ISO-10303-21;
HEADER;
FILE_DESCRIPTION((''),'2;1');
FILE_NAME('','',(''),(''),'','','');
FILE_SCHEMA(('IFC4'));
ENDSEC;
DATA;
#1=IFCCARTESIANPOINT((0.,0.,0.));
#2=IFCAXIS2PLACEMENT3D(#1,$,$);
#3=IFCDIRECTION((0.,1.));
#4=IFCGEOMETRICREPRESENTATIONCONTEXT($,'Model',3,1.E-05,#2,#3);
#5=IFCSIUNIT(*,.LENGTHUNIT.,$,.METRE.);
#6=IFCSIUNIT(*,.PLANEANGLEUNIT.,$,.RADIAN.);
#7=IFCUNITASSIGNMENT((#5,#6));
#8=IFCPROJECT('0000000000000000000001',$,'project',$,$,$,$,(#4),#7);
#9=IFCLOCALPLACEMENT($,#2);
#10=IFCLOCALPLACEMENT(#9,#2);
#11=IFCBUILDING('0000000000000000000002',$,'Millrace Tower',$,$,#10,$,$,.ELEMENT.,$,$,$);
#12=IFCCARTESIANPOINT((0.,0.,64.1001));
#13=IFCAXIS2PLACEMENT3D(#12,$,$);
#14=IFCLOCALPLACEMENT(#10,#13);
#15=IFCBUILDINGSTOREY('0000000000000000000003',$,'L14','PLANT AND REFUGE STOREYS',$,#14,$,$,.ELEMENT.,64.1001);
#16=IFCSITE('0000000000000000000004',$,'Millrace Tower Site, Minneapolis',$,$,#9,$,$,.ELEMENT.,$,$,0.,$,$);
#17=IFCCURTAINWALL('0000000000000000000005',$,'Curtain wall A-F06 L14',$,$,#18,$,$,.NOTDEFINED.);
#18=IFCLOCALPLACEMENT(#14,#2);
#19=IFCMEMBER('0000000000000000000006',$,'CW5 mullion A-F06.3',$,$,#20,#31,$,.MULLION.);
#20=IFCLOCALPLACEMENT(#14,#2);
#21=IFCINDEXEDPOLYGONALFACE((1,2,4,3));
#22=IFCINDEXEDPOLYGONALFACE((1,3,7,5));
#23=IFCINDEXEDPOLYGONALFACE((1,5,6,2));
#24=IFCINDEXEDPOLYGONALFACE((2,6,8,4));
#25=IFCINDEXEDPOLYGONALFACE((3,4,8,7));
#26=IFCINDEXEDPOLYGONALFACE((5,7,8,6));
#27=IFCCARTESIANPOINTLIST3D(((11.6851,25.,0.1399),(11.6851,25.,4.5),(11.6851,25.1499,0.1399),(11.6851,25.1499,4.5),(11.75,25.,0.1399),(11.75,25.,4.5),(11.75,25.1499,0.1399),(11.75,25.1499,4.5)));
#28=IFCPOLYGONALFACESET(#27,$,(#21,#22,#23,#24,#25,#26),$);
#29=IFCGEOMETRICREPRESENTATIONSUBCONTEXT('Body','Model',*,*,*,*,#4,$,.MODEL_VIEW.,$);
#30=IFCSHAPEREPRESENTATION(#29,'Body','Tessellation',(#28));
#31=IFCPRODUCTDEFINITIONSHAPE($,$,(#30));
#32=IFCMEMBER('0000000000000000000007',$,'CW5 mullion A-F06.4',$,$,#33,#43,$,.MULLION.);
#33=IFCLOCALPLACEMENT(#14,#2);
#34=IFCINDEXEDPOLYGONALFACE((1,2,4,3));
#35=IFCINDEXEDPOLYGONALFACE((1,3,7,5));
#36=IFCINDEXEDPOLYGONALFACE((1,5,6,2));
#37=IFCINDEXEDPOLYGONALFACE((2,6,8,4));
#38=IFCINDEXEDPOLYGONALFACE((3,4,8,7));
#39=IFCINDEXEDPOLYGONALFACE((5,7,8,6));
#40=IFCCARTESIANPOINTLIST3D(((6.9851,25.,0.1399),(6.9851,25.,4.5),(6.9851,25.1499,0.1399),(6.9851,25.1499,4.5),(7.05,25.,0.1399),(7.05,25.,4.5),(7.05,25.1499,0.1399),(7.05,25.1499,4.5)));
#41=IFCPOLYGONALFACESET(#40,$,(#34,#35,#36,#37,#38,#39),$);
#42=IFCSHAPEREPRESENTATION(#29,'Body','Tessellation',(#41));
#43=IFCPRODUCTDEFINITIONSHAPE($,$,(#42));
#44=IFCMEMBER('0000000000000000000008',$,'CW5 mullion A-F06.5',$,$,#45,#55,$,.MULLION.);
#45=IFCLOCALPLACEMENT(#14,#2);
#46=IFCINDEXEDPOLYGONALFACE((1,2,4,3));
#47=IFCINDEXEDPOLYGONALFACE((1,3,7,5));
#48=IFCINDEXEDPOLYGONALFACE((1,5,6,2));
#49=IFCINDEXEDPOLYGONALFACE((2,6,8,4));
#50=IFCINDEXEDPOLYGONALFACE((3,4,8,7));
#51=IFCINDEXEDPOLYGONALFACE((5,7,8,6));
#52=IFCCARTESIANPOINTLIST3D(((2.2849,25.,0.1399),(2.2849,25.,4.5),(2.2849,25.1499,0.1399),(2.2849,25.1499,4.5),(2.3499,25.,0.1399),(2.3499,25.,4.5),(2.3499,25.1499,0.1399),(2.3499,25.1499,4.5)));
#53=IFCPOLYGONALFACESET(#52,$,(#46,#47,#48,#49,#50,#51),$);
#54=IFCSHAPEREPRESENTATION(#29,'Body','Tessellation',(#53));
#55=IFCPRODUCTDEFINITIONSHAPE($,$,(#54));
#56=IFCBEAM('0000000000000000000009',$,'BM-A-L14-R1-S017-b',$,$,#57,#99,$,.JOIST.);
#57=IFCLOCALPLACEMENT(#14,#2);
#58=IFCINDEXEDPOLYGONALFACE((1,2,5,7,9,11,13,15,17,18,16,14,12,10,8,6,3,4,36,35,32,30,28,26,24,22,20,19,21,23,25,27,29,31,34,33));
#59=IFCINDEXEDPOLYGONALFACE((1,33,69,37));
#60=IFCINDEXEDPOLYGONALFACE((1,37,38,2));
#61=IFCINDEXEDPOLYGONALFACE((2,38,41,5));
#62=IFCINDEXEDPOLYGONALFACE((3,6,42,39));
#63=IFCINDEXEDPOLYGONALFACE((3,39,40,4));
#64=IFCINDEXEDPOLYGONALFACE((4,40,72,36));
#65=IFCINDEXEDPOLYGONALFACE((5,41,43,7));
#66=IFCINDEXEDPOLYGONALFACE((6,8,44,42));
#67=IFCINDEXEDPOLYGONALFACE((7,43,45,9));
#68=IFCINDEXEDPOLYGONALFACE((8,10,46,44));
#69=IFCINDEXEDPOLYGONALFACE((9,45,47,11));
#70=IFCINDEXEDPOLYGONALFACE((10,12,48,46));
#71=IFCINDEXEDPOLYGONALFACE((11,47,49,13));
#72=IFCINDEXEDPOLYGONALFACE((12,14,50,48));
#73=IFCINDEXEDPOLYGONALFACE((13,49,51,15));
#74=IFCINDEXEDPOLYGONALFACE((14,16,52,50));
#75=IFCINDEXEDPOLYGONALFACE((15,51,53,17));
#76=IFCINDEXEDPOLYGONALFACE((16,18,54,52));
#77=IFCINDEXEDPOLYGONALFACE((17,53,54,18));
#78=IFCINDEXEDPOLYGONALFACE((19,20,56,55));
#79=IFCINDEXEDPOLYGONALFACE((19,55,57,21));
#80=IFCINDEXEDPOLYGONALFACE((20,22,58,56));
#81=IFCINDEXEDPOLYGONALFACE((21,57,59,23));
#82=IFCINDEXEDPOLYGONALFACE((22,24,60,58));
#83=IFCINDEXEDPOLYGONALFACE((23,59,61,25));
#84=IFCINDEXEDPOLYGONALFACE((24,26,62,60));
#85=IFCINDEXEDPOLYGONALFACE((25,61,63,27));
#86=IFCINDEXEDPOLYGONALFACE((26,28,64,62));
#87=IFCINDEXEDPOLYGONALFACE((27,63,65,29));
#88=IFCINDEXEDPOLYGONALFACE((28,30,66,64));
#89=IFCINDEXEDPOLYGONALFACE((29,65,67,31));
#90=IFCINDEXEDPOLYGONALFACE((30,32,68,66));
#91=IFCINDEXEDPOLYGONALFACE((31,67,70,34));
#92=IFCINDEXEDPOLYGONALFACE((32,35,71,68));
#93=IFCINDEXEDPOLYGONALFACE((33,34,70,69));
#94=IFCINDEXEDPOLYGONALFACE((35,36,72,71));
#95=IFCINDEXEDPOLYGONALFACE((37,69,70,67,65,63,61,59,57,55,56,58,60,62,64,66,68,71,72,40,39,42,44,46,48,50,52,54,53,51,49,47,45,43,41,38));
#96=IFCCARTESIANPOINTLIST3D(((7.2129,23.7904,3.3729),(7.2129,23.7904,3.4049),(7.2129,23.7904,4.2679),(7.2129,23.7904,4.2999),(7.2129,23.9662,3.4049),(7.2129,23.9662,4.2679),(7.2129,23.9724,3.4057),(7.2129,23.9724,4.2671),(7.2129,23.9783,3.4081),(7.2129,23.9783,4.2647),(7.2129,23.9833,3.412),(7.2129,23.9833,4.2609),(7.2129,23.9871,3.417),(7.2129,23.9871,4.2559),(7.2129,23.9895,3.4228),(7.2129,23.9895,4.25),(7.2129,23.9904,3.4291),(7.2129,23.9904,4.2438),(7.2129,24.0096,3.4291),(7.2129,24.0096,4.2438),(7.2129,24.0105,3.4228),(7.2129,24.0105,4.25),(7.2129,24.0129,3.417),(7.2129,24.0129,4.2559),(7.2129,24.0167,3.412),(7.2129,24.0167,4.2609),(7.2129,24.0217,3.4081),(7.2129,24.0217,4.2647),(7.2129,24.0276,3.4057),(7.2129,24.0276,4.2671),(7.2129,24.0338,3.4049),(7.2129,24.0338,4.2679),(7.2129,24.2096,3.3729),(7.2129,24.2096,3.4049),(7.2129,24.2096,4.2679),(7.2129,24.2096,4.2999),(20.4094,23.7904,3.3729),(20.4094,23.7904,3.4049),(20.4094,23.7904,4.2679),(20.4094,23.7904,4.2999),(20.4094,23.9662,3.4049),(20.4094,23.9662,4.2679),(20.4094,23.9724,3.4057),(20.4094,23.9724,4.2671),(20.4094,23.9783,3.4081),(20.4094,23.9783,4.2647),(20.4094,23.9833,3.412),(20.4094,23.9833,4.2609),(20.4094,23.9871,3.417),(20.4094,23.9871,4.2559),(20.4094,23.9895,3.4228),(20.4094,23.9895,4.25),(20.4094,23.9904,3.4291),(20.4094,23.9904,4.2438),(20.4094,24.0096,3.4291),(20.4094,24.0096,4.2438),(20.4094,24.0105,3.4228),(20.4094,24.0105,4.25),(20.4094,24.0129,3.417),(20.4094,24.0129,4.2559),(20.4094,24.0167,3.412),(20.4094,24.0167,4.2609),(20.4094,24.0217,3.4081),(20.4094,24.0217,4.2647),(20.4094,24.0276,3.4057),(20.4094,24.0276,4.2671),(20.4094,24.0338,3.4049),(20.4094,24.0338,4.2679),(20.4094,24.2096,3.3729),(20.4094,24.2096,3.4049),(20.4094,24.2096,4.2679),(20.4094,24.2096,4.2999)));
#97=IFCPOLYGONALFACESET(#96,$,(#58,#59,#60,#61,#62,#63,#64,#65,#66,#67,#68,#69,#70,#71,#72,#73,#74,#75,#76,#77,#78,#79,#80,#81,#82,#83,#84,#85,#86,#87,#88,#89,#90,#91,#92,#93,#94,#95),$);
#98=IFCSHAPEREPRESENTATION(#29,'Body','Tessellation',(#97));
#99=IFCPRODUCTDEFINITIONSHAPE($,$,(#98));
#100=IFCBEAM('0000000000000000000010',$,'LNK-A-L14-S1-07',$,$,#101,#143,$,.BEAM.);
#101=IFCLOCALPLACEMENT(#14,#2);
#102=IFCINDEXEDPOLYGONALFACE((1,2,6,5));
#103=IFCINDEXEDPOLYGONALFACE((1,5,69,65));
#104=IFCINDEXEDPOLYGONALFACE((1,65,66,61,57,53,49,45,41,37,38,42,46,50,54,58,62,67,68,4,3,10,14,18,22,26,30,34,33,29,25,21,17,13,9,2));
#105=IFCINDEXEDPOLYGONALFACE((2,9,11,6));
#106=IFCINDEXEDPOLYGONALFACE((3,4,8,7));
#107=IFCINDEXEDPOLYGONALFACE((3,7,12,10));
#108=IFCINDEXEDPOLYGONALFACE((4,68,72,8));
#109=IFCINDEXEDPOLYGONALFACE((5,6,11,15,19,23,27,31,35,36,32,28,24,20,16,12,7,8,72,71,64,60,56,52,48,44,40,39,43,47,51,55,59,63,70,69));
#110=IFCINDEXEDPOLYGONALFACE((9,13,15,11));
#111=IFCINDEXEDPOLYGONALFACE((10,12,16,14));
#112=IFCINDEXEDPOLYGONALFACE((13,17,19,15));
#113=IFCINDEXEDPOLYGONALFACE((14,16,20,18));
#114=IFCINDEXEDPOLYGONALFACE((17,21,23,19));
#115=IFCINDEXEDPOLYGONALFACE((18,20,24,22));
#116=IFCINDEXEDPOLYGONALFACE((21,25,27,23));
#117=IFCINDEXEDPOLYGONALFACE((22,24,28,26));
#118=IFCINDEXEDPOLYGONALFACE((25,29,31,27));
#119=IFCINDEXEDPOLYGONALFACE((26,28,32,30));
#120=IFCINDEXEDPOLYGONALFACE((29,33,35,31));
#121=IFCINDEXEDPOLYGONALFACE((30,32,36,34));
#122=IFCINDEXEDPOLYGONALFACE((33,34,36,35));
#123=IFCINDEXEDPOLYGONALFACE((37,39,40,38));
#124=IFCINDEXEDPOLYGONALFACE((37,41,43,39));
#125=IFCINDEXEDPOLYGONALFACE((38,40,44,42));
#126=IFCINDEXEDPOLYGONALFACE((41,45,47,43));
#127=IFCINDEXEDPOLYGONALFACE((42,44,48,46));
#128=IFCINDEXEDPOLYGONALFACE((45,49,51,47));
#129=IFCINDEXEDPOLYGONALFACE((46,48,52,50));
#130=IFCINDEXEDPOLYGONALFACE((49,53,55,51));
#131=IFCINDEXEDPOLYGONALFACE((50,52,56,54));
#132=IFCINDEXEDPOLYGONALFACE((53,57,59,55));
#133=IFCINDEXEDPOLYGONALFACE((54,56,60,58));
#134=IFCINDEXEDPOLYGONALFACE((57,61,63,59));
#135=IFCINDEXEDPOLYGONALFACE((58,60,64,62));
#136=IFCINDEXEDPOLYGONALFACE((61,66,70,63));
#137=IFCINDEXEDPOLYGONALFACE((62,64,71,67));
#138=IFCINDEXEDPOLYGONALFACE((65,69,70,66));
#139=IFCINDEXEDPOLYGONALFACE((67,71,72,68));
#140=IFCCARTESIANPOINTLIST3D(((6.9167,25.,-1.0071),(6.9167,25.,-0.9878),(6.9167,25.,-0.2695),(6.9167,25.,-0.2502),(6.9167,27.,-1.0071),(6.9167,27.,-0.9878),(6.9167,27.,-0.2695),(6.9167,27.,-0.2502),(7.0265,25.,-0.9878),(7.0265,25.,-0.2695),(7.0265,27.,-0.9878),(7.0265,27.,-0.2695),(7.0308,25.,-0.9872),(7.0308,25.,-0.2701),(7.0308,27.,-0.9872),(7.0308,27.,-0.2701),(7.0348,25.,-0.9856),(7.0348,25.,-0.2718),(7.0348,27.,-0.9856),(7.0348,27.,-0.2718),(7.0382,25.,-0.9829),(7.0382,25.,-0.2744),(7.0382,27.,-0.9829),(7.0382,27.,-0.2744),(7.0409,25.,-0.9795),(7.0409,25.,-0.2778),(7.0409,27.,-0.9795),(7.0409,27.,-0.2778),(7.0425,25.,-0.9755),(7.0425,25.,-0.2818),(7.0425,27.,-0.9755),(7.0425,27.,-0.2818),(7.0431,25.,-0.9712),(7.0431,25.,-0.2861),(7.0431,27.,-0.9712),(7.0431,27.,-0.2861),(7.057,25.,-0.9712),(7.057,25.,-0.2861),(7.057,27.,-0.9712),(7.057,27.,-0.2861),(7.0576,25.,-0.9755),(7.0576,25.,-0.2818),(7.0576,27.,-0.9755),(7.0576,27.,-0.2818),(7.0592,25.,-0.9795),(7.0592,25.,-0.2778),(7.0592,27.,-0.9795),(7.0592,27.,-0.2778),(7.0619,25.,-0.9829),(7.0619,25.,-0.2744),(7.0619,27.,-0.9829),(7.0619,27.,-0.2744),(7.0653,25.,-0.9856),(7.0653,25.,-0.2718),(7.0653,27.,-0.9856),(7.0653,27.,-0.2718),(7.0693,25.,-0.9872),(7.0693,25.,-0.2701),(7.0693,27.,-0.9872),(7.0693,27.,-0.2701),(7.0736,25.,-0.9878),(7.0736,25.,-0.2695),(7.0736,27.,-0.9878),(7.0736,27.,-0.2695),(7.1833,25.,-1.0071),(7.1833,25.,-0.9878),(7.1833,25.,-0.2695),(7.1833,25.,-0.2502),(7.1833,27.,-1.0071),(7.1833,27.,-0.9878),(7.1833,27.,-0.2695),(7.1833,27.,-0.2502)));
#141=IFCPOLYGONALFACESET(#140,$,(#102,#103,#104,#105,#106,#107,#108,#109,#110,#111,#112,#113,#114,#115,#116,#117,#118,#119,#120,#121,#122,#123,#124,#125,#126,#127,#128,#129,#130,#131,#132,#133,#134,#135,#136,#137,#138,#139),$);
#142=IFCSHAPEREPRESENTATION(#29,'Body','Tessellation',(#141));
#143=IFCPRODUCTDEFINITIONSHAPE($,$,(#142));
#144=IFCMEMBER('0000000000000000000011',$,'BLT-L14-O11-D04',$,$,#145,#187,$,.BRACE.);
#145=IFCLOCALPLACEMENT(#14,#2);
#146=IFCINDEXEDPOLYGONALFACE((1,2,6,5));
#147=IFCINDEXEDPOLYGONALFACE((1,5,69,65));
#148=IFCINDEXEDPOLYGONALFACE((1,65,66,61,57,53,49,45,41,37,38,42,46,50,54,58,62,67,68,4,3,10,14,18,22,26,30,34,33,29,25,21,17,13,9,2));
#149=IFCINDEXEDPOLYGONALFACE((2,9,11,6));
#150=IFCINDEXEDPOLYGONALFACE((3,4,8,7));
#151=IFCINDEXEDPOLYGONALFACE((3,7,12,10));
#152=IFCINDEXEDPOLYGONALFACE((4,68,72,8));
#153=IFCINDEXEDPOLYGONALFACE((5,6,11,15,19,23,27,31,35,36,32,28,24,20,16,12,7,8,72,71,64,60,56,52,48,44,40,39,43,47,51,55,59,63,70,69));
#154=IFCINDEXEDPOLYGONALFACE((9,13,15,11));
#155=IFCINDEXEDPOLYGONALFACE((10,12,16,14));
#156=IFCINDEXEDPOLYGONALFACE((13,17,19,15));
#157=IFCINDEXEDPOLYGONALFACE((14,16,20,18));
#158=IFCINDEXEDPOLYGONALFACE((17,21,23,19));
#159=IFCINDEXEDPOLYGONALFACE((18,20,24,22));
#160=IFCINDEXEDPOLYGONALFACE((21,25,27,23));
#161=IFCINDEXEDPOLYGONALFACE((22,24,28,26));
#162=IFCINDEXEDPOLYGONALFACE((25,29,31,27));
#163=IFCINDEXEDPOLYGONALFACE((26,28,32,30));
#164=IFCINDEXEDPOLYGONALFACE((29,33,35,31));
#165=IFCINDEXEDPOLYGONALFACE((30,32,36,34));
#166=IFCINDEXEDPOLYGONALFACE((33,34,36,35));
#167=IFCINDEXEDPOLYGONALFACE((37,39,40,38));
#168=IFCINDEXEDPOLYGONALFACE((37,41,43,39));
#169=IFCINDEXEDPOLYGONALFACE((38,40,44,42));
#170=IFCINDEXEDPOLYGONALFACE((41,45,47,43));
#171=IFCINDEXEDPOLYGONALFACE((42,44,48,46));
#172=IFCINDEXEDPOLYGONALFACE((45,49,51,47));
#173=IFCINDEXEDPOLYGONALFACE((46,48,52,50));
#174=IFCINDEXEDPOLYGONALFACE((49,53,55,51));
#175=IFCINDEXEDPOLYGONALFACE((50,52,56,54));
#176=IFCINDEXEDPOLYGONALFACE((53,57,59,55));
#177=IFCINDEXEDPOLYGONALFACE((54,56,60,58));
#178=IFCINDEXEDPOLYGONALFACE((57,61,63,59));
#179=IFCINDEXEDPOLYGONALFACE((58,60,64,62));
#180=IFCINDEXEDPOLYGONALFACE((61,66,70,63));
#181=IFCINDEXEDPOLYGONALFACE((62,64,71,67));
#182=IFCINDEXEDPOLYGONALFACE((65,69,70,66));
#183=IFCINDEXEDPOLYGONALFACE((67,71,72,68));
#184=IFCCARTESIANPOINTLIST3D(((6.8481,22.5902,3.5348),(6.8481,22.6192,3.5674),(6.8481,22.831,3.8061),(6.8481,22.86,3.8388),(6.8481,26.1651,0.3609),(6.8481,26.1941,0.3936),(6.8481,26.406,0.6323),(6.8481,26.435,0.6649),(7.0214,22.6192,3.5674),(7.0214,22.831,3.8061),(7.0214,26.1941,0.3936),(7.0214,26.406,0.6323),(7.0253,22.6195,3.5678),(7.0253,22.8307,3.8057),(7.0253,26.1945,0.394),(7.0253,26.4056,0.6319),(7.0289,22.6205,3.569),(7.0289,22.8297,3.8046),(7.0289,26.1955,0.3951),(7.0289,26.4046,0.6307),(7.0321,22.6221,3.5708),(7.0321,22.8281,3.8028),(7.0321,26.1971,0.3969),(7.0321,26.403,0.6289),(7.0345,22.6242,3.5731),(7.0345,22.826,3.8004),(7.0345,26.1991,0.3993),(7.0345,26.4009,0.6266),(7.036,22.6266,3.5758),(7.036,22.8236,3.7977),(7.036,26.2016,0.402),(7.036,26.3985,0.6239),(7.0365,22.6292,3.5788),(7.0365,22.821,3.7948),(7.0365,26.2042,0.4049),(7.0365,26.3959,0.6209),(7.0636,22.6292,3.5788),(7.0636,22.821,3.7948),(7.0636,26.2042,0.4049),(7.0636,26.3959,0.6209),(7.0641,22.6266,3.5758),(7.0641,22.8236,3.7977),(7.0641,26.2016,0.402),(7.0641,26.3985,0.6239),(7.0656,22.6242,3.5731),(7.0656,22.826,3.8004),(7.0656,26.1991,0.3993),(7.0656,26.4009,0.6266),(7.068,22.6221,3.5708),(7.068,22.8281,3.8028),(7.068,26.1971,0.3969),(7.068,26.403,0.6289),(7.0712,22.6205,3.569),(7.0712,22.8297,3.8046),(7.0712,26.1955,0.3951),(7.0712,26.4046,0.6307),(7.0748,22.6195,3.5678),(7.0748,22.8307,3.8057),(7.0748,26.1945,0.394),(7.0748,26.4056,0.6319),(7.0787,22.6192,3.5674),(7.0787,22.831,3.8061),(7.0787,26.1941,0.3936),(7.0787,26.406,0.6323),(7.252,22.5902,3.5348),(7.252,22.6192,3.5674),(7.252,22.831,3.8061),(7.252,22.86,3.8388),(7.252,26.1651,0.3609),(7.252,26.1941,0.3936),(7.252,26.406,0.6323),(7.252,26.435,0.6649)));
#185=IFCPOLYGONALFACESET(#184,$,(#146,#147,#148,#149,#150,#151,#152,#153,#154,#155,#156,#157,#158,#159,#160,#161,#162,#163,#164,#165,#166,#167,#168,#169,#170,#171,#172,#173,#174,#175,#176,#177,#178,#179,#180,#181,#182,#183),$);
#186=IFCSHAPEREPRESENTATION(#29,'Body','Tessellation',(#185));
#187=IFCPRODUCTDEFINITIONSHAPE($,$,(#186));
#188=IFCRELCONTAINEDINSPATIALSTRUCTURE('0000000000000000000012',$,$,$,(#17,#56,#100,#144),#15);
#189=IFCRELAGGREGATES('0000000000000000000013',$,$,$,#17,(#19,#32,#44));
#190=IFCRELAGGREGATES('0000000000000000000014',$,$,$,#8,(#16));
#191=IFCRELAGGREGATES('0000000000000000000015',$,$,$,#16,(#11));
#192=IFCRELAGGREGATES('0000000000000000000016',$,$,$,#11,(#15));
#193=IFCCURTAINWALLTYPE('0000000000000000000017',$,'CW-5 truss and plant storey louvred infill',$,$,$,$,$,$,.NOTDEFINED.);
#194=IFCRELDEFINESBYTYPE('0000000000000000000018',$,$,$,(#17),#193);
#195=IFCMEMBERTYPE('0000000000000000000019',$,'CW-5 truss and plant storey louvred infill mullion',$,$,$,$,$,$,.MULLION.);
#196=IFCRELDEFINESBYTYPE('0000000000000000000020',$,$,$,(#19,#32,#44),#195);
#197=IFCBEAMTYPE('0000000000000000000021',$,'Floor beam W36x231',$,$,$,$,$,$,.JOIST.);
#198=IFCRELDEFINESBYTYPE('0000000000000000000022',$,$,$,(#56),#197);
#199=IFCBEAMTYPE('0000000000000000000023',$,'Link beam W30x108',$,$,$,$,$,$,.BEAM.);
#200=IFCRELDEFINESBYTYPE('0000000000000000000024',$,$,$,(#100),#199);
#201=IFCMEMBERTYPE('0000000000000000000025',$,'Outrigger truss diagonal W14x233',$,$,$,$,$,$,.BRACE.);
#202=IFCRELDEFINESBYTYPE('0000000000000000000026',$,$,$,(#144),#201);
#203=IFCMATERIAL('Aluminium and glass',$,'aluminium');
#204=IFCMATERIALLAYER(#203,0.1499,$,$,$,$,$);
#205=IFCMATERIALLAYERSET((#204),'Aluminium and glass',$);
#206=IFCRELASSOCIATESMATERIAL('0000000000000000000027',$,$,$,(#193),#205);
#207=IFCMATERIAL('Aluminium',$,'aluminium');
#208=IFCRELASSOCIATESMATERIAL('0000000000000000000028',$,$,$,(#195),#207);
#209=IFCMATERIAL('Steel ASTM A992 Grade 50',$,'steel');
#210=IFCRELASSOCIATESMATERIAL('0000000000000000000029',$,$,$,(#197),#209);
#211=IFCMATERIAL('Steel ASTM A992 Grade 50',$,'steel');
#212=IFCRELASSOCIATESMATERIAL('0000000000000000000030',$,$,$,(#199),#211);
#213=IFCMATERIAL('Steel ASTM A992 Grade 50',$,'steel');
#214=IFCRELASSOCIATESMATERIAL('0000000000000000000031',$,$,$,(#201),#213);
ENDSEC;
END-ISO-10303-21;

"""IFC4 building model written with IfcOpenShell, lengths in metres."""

from ifc_helpers import new_model, si_unit, direction, frame, origin, origin_2d, place, context, subcontext, project, spatial, rectangle, i_section, extrude, material, layer, layer_set, material_profile, profile_set, type_object, element, aggregate, save


model = new_model("IFC4")

# Units and contexts
model_context = context("Model", 3, precision=1e-05, world=origin(), true_north=direction((0.0, 1.0)))
body_context = subcontext(model_context, "Body", "Model", "MODEL_VIEW")
ifc_project = project(units=[si_unit("LENGTHUNIT", "METRE"), si_unit("PLANEANGLEUNIT", "RADIAN")], contexts=[model_context])

# Site, building, storey
site_placement = place(None, origin())
site = spatial("IfcSite", under=ifc_project, at=site_placement, Name="Millrace Tower Site, Minneapolis", CompositionType="ELEMENT", RefElevation=0.0)
building_placement = place(site_placement, origin())
building = spatial("IfcBuilding", under=site, at=building_placement, Name="Millrace Tower", CompositionType="ELEMENT")
storey_placement = place(building_placement, frame((0.0, 0.0, 64.1001)))
storey = spatial("IfcBuildingStorey", under=building, at=storey_placement, Name="L14", Description="PLANT AND REFUGE STOREYS", CompositionType="ELEMENT", Elevation=64.1001)

# Curtain wall, members
ifc_material_1 = material(Name="Aluminium and glass", Category="aluminium")
ifc_layer_1 = layer(ifc_material_1, 0.1499)
ifc_layer_set_1 = layer_set([ifc_layer_1], Name="Aluminium and glass")
curtain_wall_type = type_object("IfcCurtainWallType", Name="CW-5 truss and plant storey louvred infill", PredefinedType="NOTDEFINED", material=ifc_layer_set_1)
curtain_wall_placement = place(storey_placement, origin())
curtain_wall = element("IfcCurtainWall", 1, at=curtain_wall_placement, inside=storey, type_object=curtain_wall_type, Name="Curtain wall A-F06 L14", PredefinedType="NOTDEFINED")
ifc_material_2 = material(Name="Aluminium", Category="aluminium")
ifc_material_profile_1 = material_profile(ifc_material_2, rectangle(XDim=0.0649, YDim=0.1499, at=origin_2d()))
ifc_profile_set_1 = profile_set([ifc_material_profile_1], Name="Aluminium")
member_type_1 = type_object("IfcMemberType", Name="CW-5 truss and plant storey louvred infill mullion", PredefinedType="MULLION", material=ifc_profile_set_1)
member_1_placement = place(storey_placement, frame((11.7175, 25.075, 0.1399), z_axis=(0.0, 0.0, 1.0), x_axis=(-1.0, 0.0, 0.0)))
member_1 = element("IfcMember", 2, at=member_1_placement, type_object=member_type_1, Name="CW5 mullion A-F06.3", PredefinedType="MULLION", context=body_context, shape_type="SweptSolid", body=[
    extrude(rectangle(XDim=0.0649, YDim=0.1499, at=origin_2d()), origin(), (0.0, 0.0, 1.0), 4.3601),
])
member_2_placement = place(storey_placement, frame((7.0176, 25.075, 0.1399), z_axis=(0.0, 0.0, 1.0), x_axis=(-1.0, 0.0, 0.0)))
member_2 = element("IfcMember", 3, at=member_2_placement, type_object=member_type_1, Name="CW5 mullion A-F06.4", PredefinedType="MULLION", context=body_context, shape_type="SweptSolid", body=[
    extrude(rectangle(XDim=0.0649, YDim=0.1499, at=origin_2d()), origin(), (0.0, 0.0, 1.0), 4.3601),
])
member_3_placement = place(storey_placement, frame((2.3174, 25.075, 0.1399), z_axis=(0.0, 0.0, 1.0), x_axis=(-1.0, 0.0, 0.0)))
member_3 = element("IfcMember", 4, at=member_3_placement, type_object=member_type_1, Name="CW5 mullion A-F06.5", PredefinedType="MULLION", context=body_context, shape_type="SweptSolid", body=[
    extrude(rectangle(XDim=0.0649, YDim=0.1499, at=origin_2d()), origin(), (0.0, 0.0, 1.0), 4.3601),
])
aggregate(curtain_wall, [member_1, member_2, member_3])

# Beams
ifc_material_3 = material(Name="Steel ASTM A992 Grade 50", Category="steel")
ifc_material_profile_2 = material_profile(ifc_material_3, i_section(OverallWidth=0.4192, OverallDepth=0.927, WebThickness=0.0193, FlangeThickness=0.032, FilletRadius=0.0242, at=origin_2d()))
ifc_profile_set_2 = profile_set([ifc_material_profile_2], Name="Steel ASTM A992 Grade 50")
beam_type_1 = type_object("IfcBeamType", Name="Floor beam W36x231", PredefinedType="JOIST", material=ifc_profile_set_2)
beam_1_placement = place(storey_placement, frame((7.2129, 24.0, 3.8364), z_axis=(1.0, 0.0, 0.0), x_axis=(0.0, 1.0, 0.0)))
element("IfcBeam", 5, at=beam_1_placement, inside=storey, type_object=beam_type_1, Name="BM-A-L14-R1-S017-b", PredefinedType="JOIST", context=body_context, shape_type="SweptSolid", body=[
    extrude(i_section(OverallWidth=0.4192, OverallDepth=0.927, WebThickness=0.0193, FlangeThickness=0.032, FilletRadius=0.0242, at=origin_2d()), origin(), (0.0, 0.0, 1.0), 13.1965),
])
ifc_material_4 = material(Name="Steel ASTM A992 Grade 50", Category="steel")
ifc_material_profile_3 = material_profile(ifc_material_4, i_section(OverallWidth=0.2666, OverallDepth=0.7568, WebThickness=0.0139, FlangeThickness=0.0193, FilletRadius=0.0166, at=origin_2d()))
ifc_profile_set_3 = profile_set([ifc_material_profile_3], Name="Steel ASTM A992 Grade 50")
beam_type_2 = type_object("IfcBeamType", Name="Link beam W30x108", PredefinedType="BEAM", material=ifc_profile_set_3)
beam_2_placement = place(storey_placement, frame((7.05, 25.0, -0.6287), z_axis=(0.0, 1.0, 0.0), x_axis=(-1.0, 0.0, 0.0)))
element("IfcBeam", 6, at=beam_2_placement, inside=storey, type_object=beam_type_2, Name="LNK-A-L14-S1-07", PredefinedType="BEAM", context=body_context, shape_type="SweptSolid", body=[
    extrude(i_section(OverallWidth=0.2666, OverallDepth=0.7568, WebThickness=0.0139, FlangeThickness=0.0193, FilletRadius=0.0166, at=origin_2d()), origin(), (0.0, 0.0, 1.0), 2.0),
])

# Member
ifc_material_5 = material(Name="Steel ASTM A992 Grade 50", Category="steel")
ifc_material_profile_4 = material_profile(ifc_material_5, i_section(OverallWidth=0.4038, OverallDepth=0.4065, WebThickness=0.0271, FlangeThickness=0.0437, FilletRadius=0.0151, at=origin_2d()))
ifc_profile_set_4 = profile_set([ifc_material_profile_4], Name="Steel ASTM A992 Grade 50")
member_type_2 = type_object("IfcMemberType", Name="Outrigger truss diagonal W14x233", PredefinedType="BRACE", material=ifc_profile_set_4)
member_4_placement = place(storey_placement, frame((7.05, 26.3, 0.5129), z_axis=(0.0, -0.747815, 0.663907), x_axis=(1.0, 0.0, 0.0)))
element("IfcMember", 7, at=member_4_placement, inside=storey, type_object=member_type_2, Name="BLT-L14-O11-D04", PredefinedType="BRACE", context=body_context, shape_type="SweptSolid", body=[
    extrude(i_section(OverallWidth=0.4038, OverallDepth=0.4065, WebThickness=0.0271, FlangeThickness=0.0437, FilletRadius=0.0151, at=origin_2d()), origin(), (0.0, 0.0, 1.0), 4.7805),
])

save(model, "model.ifc")
